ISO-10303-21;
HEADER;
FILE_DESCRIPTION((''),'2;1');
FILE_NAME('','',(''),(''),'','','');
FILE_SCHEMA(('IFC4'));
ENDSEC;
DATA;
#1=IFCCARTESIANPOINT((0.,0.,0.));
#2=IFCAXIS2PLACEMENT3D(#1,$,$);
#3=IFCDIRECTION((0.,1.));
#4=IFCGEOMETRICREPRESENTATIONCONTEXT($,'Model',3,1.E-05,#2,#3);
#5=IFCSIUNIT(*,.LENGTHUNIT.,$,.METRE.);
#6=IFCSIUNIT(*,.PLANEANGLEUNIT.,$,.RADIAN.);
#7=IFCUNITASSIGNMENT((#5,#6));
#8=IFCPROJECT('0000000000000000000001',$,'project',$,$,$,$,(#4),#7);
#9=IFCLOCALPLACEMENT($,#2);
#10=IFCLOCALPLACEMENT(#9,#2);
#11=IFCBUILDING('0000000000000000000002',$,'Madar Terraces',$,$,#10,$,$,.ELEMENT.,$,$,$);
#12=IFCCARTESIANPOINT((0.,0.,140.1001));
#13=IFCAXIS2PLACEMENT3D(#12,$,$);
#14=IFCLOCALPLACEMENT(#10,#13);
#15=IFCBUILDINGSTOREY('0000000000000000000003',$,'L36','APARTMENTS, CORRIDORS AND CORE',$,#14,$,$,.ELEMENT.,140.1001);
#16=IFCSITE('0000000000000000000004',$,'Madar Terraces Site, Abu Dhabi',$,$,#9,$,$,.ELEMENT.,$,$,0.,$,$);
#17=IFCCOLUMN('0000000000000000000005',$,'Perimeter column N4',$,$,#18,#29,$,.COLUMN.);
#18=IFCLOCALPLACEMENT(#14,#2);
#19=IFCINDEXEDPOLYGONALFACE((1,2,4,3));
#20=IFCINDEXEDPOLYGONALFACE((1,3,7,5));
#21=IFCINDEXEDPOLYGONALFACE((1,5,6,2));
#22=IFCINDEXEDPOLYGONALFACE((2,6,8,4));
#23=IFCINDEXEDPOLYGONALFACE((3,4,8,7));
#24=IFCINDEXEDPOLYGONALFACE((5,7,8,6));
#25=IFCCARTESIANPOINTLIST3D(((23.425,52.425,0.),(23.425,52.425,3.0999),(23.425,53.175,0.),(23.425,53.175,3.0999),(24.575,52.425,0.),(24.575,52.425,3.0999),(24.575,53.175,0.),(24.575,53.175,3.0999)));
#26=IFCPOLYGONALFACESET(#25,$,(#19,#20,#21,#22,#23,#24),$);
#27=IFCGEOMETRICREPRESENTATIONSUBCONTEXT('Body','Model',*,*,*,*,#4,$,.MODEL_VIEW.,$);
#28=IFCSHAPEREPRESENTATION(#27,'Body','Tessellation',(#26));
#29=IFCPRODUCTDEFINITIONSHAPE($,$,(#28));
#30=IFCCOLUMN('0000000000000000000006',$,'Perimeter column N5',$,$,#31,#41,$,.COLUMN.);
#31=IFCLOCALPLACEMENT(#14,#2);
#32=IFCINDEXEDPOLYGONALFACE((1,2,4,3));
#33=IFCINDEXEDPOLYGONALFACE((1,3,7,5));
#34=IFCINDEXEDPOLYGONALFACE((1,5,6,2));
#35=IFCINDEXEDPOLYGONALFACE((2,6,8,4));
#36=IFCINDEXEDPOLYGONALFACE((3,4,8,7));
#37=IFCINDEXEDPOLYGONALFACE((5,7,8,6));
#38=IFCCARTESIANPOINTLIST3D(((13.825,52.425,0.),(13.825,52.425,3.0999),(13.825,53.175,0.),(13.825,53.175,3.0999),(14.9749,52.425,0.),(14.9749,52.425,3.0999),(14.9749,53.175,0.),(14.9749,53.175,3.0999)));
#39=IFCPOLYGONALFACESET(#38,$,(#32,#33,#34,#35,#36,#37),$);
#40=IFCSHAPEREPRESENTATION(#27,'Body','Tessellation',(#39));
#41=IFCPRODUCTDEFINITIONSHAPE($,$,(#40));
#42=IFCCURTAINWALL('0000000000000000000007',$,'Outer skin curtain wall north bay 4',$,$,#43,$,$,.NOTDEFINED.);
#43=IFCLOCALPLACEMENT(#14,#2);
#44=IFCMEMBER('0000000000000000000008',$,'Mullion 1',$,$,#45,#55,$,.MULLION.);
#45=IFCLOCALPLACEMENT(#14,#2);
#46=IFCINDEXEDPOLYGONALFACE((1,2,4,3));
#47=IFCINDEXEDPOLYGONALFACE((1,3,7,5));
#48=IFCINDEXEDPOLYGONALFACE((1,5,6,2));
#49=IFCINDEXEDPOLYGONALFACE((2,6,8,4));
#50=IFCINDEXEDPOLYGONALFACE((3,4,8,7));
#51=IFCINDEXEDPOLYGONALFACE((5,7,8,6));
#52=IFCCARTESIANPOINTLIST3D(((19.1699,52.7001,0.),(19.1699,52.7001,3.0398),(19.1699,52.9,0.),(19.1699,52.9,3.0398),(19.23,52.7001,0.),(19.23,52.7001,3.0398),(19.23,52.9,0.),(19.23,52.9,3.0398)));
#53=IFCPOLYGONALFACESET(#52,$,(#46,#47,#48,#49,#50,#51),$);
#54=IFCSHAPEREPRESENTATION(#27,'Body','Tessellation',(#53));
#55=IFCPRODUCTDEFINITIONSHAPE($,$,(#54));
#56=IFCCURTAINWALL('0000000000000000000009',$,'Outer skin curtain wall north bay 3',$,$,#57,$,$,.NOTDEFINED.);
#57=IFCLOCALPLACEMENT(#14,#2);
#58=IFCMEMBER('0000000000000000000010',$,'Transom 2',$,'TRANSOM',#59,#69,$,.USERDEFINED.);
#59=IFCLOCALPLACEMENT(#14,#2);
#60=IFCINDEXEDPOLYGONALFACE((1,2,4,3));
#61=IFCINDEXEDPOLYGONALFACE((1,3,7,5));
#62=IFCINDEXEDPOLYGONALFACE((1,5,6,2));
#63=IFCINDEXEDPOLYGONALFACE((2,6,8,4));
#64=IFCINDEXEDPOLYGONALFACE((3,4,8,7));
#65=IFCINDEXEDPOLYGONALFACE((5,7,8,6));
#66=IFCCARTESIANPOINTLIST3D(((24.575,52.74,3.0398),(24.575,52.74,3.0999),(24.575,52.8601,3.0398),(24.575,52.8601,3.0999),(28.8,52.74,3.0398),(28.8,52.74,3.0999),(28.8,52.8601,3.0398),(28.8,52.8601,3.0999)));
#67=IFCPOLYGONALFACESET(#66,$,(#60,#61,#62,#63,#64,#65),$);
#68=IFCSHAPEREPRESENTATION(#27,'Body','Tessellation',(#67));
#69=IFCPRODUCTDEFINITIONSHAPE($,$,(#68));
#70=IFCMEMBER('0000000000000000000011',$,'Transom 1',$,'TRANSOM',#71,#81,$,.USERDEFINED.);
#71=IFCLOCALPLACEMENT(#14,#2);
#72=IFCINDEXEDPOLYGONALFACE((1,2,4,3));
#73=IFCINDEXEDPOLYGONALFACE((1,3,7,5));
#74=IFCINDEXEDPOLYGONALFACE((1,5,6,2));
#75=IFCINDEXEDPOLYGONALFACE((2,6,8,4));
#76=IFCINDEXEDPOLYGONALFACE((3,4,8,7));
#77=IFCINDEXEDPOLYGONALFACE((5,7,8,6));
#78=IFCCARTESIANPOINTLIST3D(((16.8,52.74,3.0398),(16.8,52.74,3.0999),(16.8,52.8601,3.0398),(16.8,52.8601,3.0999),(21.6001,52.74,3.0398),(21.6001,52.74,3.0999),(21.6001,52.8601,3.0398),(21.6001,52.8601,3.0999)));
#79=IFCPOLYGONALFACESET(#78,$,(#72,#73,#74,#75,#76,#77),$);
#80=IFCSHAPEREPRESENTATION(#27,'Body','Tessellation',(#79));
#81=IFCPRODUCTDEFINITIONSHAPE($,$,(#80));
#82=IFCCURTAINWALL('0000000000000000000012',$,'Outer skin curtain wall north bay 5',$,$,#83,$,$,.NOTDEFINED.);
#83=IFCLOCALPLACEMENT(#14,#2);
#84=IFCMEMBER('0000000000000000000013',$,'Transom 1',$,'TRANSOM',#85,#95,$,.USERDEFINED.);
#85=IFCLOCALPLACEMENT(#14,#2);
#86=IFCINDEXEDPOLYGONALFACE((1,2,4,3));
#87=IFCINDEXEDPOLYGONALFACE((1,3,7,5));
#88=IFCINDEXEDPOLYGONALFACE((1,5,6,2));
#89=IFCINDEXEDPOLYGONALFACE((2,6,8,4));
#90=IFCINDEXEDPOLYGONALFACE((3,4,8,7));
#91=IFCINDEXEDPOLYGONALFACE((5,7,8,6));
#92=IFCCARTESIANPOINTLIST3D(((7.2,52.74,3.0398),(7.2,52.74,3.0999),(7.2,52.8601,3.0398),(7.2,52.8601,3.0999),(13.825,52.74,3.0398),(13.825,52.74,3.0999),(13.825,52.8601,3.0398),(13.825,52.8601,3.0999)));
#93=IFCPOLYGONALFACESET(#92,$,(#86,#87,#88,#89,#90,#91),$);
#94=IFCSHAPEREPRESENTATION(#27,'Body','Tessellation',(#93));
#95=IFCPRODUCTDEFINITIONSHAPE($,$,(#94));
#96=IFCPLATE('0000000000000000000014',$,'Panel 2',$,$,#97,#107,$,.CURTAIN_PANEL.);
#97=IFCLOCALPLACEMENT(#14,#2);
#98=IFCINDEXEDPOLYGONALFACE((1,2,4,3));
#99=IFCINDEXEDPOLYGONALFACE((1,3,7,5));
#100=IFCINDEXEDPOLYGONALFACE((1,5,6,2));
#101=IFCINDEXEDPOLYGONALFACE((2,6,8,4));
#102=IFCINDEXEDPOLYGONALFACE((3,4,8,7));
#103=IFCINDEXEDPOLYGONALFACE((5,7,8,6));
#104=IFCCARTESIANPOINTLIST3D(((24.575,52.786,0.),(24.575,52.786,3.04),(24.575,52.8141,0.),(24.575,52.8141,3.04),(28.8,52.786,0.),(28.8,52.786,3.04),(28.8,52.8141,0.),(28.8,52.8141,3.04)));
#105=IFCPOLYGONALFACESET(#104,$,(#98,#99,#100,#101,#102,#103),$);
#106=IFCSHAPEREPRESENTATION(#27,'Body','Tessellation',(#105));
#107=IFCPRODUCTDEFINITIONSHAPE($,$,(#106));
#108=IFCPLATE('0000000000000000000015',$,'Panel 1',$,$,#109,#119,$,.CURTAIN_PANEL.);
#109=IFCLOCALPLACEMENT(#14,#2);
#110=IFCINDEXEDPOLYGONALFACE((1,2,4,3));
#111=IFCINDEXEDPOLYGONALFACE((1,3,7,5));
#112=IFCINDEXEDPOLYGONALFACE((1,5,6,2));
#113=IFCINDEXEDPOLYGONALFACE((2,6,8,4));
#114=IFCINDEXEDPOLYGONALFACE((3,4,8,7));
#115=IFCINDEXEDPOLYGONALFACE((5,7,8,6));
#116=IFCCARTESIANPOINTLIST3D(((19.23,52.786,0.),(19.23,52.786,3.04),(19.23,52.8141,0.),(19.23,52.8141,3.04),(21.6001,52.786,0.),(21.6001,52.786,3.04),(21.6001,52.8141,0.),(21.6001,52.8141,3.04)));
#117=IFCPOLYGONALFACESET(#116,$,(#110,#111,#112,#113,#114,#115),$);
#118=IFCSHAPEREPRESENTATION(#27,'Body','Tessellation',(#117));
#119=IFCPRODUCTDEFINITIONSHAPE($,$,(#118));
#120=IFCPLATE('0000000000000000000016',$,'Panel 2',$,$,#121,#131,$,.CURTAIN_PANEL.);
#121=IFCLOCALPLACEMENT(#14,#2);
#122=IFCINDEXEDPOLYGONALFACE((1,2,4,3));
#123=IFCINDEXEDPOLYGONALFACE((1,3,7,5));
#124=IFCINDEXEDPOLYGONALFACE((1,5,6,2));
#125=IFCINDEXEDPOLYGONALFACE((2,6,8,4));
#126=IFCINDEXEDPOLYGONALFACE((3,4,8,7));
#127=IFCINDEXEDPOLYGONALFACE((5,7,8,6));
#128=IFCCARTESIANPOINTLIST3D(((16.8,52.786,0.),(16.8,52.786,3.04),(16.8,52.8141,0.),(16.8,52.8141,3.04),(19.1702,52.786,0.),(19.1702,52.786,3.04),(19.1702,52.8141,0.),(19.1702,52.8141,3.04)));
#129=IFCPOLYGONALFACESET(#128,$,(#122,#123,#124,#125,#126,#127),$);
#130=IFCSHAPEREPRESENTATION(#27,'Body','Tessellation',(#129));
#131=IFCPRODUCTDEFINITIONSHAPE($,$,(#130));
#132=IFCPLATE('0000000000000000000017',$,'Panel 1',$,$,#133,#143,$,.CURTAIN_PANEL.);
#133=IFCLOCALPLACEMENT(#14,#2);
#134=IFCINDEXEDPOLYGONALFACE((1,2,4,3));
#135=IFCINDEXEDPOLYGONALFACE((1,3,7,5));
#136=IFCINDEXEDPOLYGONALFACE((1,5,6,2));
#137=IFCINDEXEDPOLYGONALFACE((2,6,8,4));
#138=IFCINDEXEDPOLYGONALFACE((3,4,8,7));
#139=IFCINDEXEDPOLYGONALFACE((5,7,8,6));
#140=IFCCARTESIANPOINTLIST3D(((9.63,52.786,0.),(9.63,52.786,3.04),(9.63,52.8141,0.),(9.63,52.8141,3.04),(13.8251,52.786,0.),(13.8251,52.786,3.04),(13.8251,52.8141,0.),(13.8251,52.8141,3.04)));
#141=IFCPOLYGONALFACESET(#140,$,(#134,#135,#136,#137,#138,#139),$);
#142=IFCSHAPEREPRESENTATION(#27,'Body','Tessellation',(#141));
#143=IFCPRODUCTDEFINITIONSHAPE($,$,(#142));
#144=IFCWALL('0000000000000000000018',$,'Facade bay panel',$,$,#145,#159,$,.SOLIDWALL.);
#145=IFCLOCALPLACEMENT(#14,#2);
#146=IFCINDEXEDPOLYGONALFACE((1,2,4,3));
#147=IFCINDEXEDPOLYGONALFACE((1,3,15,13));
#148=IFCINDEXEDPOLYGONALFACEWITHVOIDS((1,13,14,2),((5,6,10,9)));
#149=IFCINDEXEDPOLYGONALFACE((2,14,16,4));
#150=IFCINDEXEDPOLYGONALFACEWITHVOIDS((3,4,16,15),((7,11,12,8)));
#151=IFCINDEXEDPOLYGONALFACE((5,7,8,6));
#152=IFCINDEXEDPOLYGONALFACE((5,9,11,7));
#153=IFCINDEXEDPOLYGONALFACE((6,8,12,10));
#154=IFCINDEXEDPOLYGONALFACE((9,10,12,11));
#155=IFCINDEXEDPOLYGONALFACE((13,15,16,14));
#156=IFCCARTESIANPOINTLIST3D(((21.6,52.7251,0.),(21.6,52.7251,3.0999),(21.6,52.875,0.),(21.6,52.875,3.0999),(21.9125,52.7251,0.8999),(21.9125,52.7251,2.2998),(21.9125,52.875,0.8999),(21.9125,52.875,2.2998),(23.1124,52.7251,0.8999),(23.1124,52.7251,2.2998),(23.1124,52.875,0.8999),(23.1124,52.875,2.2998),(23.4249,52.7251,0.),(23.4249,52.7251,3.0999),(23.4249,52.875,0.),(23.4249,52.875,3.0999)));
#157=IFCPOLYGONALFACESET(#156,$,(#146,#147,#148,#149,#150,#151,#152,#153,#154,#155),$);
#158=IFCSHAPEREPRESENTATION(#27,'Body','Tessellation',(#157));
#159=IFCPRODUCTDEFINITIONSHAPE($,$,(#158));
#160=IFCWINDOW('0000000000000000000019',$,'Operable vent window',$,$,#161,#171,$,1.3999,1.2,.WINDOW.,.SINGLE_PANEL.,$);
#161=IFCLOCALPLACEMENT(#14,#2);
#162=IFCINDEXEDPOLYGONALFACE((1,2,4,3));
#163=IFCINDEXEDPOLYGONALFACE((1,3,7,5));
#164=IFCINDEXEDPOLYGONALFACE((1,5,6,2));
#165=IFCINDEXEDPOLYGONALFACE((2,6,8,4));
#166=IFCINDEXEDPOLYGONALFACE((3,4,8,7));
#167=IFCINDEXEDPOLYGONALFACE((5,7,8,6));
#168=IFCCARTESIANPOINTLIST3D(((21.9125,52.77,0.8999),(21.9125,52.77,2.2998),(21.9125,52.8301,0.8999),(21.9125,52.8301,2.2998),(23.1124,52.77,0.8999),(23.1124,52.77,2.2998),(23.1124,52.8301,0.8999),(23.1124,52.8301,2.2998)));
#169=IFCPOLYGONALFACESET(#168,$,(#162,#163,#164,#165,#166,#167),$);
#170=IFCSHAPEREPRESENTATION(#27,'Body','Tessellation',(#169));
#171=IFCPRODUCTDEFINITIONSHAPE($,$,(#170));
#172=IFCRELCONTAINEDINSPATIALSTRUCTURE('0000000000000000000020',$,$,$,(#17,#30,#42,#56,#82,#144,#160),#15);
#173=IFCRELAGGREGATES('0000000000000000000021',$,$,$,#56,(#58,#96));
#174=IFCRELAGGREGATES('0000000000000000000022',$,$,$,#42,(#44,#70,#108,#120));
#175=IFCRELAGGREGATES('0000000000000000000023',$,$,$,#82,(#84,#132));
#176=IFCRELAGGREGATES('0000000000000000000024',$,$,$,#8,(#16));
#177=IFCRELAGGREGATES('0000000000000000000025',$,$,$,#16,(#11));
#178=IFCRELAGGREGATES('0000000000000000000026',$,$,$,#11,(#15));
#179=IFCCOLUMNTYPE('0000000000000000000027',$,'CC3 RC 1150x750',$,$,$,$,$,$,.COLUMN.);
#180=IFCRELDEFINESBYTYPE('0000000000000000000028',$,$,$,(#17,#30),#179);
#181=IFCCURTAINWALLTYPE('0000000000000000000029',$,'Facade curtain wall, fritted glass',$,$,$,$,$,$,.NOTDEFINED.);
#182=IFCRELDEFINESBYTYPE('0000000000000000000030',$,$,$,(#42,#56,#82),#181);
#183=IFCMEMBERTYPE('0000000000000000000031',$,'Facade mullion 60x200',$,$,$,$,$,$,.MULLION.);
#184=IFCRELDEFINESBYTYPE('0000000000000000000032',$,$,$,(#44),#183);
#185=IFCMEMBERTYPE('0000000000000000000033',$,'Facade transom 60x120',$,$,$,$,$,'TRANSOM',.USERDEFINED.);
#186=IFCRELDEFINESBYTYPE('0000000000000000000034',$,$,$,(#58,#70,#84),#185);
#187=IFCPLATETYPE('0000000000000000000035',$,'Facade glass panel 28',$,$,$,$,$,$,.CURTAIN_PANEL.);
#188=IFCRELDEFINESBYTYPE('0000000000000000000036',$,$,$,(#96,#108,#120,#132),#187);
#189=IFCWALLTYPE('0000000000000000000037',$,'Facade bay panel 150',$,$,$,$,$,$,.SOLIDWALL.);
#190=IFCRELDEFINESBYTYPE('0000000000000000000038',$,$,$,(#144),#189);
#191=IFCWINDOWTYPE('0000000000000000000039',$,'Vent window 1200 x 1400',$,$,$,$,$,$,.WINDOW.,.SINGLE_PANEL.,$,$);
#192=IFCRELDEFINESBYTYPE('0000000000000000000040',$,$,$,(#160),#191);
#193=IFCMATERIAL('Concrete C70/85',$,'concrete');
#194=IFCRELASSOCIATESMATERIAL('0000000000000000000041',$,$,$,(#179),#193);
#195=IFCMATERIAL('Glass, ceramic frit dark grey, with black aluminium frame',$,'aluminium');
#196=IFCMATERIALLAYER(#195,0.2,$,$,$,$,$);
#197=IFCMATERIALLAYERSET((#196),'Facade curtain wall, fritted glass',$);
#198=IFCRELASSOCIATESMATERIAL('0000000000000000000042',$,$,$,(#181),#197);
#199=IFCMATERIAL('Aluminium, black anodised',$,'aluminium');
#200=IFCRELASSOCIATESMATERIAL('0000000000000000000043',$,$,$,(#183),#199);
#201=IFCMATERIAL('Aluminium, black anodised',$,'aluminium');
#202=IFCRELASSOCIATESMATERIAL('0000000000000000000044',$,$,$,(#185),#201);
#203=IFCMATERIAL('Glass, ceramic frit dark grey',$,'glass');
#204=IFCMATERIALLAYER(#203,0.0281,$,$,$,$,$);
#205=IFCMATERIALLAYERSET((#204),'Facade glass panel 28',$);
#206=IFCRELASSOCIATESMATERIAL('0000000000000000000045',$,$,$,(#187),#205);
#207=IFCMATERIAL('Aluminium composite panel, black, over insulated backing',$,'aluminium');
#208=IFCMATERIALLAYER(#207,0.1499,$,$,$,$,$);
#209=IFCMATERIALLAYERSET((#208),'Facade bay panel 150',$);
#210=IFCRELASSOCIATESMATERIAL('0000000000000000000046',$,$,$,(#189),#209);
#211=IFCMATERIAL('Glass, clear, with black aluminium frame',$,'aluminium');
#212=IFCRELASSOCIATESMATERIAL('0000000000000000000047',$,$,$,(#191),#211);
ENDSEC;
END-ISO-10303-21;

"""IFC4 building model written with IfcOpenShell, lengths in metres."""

from ifc_helpers import new_model, si_unit, direction, frame, frame_2d, origin, origin_2d, place, context, subcontext, project, spatial, rectangle, extrude, material, layer, layer_set, material_profile, profile_set, type_object, element, fill, aggregate, save


model = new_model("IFC4")

# Units and contexts
model_context = context("Model", 3, precision=1e-05, world=origin(), true_north=direction((0.0, 1.0)))
body_context = subcontext(model_context, "Body", "Model", "MODEL_VIEW")
ifc_project = project(units=[si_unit("LENGTHUNIT", "METRE"), si_unit("PLANEANGLEUNIT", "RADIAN")], contexts=[model_context])

# Site, building, storey
site_placement = place(None, origin())
site = spatial("IfcSite", under=ifc_project, at=site_placement, Name="Madar Terraces Site, Abu Dhabi", CompositionType="ELEMENT", RefElevation=0.0)
building_placement = place(site_placement, origin())
building = spatial("IfcBuilding", under=site, at=building_placement, Name="Madar Terraces", CompositionType="ELEMENT")
storey_placement = place(building_placement, frame((0.0, 0.0, 140.1001)))
storey = spatial("IfcBuildingStorey", under=building, at=storey_placement, Name="L36", Description="APARTMENTS, CORRIDORS AND CORE", CompositionType="ELEMENT", Elevation=140.1001)

# Columns
ifc_material_1 = material(Name="Concrete C70/85", Category="concrete")
ifc_material_profile_1 = material_profile(ifc_material_1, rectangle(XDim=1.1499, YDim=0.75, at=origin_2d()), Name="CC3 RC 1150x750")
ifc_profile_set_1 = profile_set([ifc_material_profile_1], Name="Concrete C70/85")
column_type = type_object("IfcColumnType", Name="CC3 RC 1150x750", PredefinedType="COLUMN", material=ifc_profile_set_1)
for number, where, z_axis, x_axis, name in (
    (1, (24.0, 52.8, 0.0), (0.0, 0.0, 1.0), (1.0, 0.0, 0.0), "Perimeter column N4"),
    (2, (14.3999, 52.8, 0.0), (0.0, 0.0, 1.0), (1.0, 0.0, 0.0), "Perimeter column N5"),
):
    element("IfcColumn", number, at=place(storey_placement, frame(where, z_axis=z_axis, x_axis=x_axis)), inside=storey, type_object=column_type, Name=name, PredefinedType="COLUMN", context=body_context, shape_type="SweptSolid", body=[
        extrude(rectangle(XDim=1.1499, YDim=0.75, at=origin_2d()), origin(), (0.0, 0.0, 1.0), 3.0999),
    ])

# Curtain walls, members
ifc_material_2 = material(Name="Glass, ceramic frit dark grey, with black aluminium frame", Category="aluminium")
ifc_layer_1 = layer(ifc_material_2, 0.2)
ifc_layer_set_1 = layer_set([ifc_layer_1], Name="Facade curtain wall, fritted glass")
curtain_wall_type = type_object("IfcCurtainWallType", Name="Facade curtain wall, fritted glass", PredefinedType="NOTDEFINED", material=ifc_layer_set_1)
curtain_wall_1_placement = place(storey_placement, origin())
curtain_wall_1 = element("IfcCurtainWall", 3, at=curtain_wall_1_placement, inside=storey, type_object=curtain_wall_type, Name="Outer skin curtain wall north bay 4", PredefinedType="NOTDEFINED")
ifc_material_3 = material(Name="Aluminium, black anodised", Category="aluminium")
ifc_material_profile_2 = material_profile(ifc_material_3, rectangle(XDim=0.2, YDim=0.0601, at=origin_2d()), Name="Facade mullion 60x200")
ifc_profile_set_2 = profile_set([ifc_material_profile_2], Name="Aluminium, black anodised")
member_type_1 = type_object("IfcMemberType", Name="Facade mullion 60x200", PredefinedType="MULLION", material=ifc_profile_set_2)
member_1_placement = place(storey_placement, frame((19.2, 52.8, 0.0), z_axis=(0.0, 0.0, 1.0), x_axis=(0.0, -1.0, 0.0)))
member_1 = element("IfcMember", 4, at=member_1_placement, type_object=member_type_1, Name="Mullion 1", PredefinedType="MULLION", context=body_context, shape_type="SweptSolid", body=[
    extrude(rectangle(XDim=0.2, YDim=0.0601, at=origin_2d()), origin(), (0.0, 0.0, 1.0), 3.0398),
])
curtain_wall_2_placement = place(storey_placement, origin())
curtain_wall_2 = element("IfcCurtainWall", 5, at=curtain_wall_2_placement, inside=storey, type_object=curtain_wall_type, Name="Outer skin curtain wall north bay 3", PredefinedType="NOTDEFINED")
ifc_material_4 = material(Name="Aluminium, black anodised", Category="aluminium")
ifc_material_profile_3 = material_profile(ifc_material_4, rectangle(XDim=0.1201, YDim=0.0601, at=origin_2d()), Name="Facade transom 60x120")
ifc_profile_set_3 = profile_set([ifc_material_profile_3], Name="Aluminium, black anodised")
member_type_2 = type_object("IfcMemberType", Name="Facade transom 60x120", ElementType="TRANSOM", PredefinedType="USERDEFINED", material=ifc_profile_set_3)
member_2_placement = place(storey_placement, frame((28.8, 52.8, 3.0698), z_axis=(-1.0, 0.0, 0.0), x_axis=(0.0, -1.0, 0.0)))
member_2 = element("IfcMember", 6, at=member_2_placement, type_object=member_type_2, Name="Transom 2", ObjectType="TRANSOM", PredefinedType="USERDEFINED", context=body_context, shape_type="SweptSolid", body=[
    extrude(rectangle(XDim=0.1201, YDim=0.0601, at=origin_2d()), origin(), (0.0, 0.0, 1.0), 4.2251),
])

# Member
member_3_placement = place(storey_placement, frame((21.6001, 52.8, 3.0698), z_axis=(-1.0, 0.0, 0.0), x_axis=(0.0, -1.0, 0.0)))
member_3 = element("IfcMember", 7, at=member_3_placement, type_object=member_type_2, Name="Transom 1", ObjectType="TRANSOM", PredefinedType="USERDEFINED", context=body_context, shape_type="SweptSolid", body=[
    extrude(rectangle(XDim=0.1201, YDim=0.0601, at=origin_2d()), origin(), (0.0, 0.0, 1.0), 4.8),
])

# Curtain wall, member
curtain_wall_3_placement = place(storey_placement, origin())
curtain_wall_3 = element("IfcCurtainWall", 8, at=curtain_wall_3_placement, inside=storey, type_object=curtain_wall_type, Name="Outer skin curtain wall north bay 5", PredefinedType="NOTDEFINED")
member_4_placement = place(storey_placement, frame((13.825, 52.8, 3.0698), z_axis=(-1.0, 0.0, 0.0), x_axis=(0.0, -1.0, 0.0)))
member_4 = element("IfcMember", 9, at=member_4_placement, type_object=member_type_2, Name="Transom 1", ObjectType="TRANSOM", PredefinedType="USERDEFINED", context=body_context, shape_type="SweptSolid", body=[
    extrude(rectangle(XDim=0.1201, YDim=0.0601, at=origin_2d()), origin(), (0.0, 0.0, 1.0), 6.625),
])

# Plates
ifc_material_5 = material(Name="Glass, ceramic frit dark grey", Category="glass")
ifc_layer_2 = layer(ifc_material_5, 0.0281)
ifc_layer_set_2 = layer_set([ifc_layer_2], Name="Facade glass panel 28")
plate_type = type_object("IfcPlateType", Name="Facade glass panel 28", PredefinedType="CURTAIN_PANEL", material=ifc_layer_set_2)
plate_1_placement = place(storey_placement, frame((26.6875, 52.8, 0.0), z_axis=(0.0, 0.0, 1.0), x_axis=(-1.0, 0.0, 0.0)))
plate_1 = element("IfcPlate", 10, at=plate_1_placement, type_object=plate_type, Name="Panel 2", PredefinedType="CURTAIN_PANEL", context=body_context, shape_type="SweptSolid", body=[
    extrude(rectangle(XDim=4.2251, YDim=0.0281, at=origin_2d()), origin(), (0.0, 0.0, 1.0), 3.04),
])
aggregate(curtain_wall_2, [member_2, plate_1])
plate_2_placement = place(storey_placement, frame((20.415, 52.8, 0.0), z_axis=(0.0, 0.0, 1.0), x_axis=(-1.0, 0.0, 0.0)))
plate_2 = element("IfcPlate", 11, at=plate_2_placement, type_object=plate_type, Name="Panel 1", PredefinedType="CURTAIN_PANEL", context=body_context, shape_type="SweptSolid", body=[
    extrude(rectangle(XDim=2.3701, YDim=0.0281, at=origin_2d()), origin(), (0.0, 0.0, 1.0), 3.04),
])
plate_3_placement = place(storey_placement, frame((17.9851, 52.8, 0.0), z_axis=(0.0, 0.0, 1.0), x_axis=(-1.0, 0.0, 0.0)))
plate_3 = element("IfcPlate", 12, at=plate_3_placement, type_object=plate_type, Name="Panel 2", PredefinedType="CURTAIN_PANEL", context=body_context, shape_type="SweptSolid", body=[
    extrude(rectangle(XDim=2.3701, YDim=0.0281, at=origin_2d()), origin(), (0.0, 0.0, 1.0), 3.04),
])
aggregate(curtain_wall_1, [member_1, member_3, plate_2, plate_3])
plate_4_placement = place(storey_placement, frame((11.7275, 52.8, 0.0), z_axis=(0.0, 0.0, 1.0), x_axis=(-1.0, 0.0, 0.0)))
plate_4 = element("IfcPlate", 13, at=plate_4_placement, type_object=plate_type, Name="Panel 1", PredefinedType="CURTAIN_PANEL", context=body_context, shape_type="SweptSolid", body=[
    extrude(rectangle(XDim=4.1951, YDim=0.0281, at=origin_2d()), origin(), (0.0, 0.0, 1.0), 3.04),
])
aggregate(curtain_wall_3, [member_4, plate_4])

# Wall, opening, window
ifc_material_6 = material(Name="Aluminium composite panel, black, over insulated backing", Category="aluminium")
ifc_layer_3 = layer(ifc_material_6, 0.1499)
ifc_layer_set_3 = layer_set([ifc_layer_3], Name="Facade bay panel 150")
wall_type_1 = type_object("IfcWallType", Name="Facade bay panel 150", PredefinedType="SOLIDWALL", material=ifc_layer_set_3)
wall_1_placement = place(storey_placement, frame((23.425, 52.8, 0.0), z_axis=(0.0, 0.0, 1.0), x_axis=(-1.0, 0.0, 0.0)))
wall_1 = element("IfcWall", 14, at=wall_1_placement, inside=storey, type_object=wall_type_1, Name="Facade bay panel", PredefinedType="SOLIDWALL", context=body_context, shape_type="SweptSolid", body=[
    extrude(rectangle(XDim=1.825, YDim=0.1499, at=frame_2d((0.9126, 0.0))), origin(), (0.0, 0.0, 1.0), 3.0999),
])
opening_1_placement = place(wall_1_placement, frame((0.3125, 0.0, 0.8999)))
opening_1 = element("IfcOpeningElement", 15, at=opening_1_placement, cuts=wall_1, PredefinedType="OPENING", context=body_context, shape_type="SweptSolid", body=[
    extrude(rectangle(XDim=1.2, YDim=1.3999, at=frame_2d((0.6001, 0.7))), frame((0.0, 0.085, 0.0), z_axis=(0.0, -1.0, 0.0), x_axis=(1.0, 0.0, 0.0)), (0.0, 0.0, 1.0), 0.1699),
])
ifc_material_7 = material(Name="Glass, clear, with black aluminium frame", Category="aluminium")
window_type = type_object("IfcWindowType", Name="Vent window 1200 x 1400", PartitioningType="SINGLE_PANEL", PredefinedType="WINDOW", material=ifc_material_7)
window_1_placement = place(opening_1_placement, origin())
window_1 = element("IfcWindow", 16, at=window_1_placement, inside=storey, type_object=window_type, Name="Operable vent window", OverallHeight=1.3999, OverallWidth=1.2, PartitioningType="SINGLE_PANEL", PredefinedType="WINDOW", context=body_context, shape_type="SweptSolid", body=[
    extrude(rectangle(XDim=1.2, YDim=1.3999, at=frame_2d((0.6001, 0.7))), frame((0.0, 0.03, 0.0), z_axis=(0.0, -1.0, 0.0), x_axis=(1.0, 0.0, 0.0)), (0.0, 0.0, 1.0), 0.0601),
])
fill(opening_1, window_1)

save(model, "model.ifc")
